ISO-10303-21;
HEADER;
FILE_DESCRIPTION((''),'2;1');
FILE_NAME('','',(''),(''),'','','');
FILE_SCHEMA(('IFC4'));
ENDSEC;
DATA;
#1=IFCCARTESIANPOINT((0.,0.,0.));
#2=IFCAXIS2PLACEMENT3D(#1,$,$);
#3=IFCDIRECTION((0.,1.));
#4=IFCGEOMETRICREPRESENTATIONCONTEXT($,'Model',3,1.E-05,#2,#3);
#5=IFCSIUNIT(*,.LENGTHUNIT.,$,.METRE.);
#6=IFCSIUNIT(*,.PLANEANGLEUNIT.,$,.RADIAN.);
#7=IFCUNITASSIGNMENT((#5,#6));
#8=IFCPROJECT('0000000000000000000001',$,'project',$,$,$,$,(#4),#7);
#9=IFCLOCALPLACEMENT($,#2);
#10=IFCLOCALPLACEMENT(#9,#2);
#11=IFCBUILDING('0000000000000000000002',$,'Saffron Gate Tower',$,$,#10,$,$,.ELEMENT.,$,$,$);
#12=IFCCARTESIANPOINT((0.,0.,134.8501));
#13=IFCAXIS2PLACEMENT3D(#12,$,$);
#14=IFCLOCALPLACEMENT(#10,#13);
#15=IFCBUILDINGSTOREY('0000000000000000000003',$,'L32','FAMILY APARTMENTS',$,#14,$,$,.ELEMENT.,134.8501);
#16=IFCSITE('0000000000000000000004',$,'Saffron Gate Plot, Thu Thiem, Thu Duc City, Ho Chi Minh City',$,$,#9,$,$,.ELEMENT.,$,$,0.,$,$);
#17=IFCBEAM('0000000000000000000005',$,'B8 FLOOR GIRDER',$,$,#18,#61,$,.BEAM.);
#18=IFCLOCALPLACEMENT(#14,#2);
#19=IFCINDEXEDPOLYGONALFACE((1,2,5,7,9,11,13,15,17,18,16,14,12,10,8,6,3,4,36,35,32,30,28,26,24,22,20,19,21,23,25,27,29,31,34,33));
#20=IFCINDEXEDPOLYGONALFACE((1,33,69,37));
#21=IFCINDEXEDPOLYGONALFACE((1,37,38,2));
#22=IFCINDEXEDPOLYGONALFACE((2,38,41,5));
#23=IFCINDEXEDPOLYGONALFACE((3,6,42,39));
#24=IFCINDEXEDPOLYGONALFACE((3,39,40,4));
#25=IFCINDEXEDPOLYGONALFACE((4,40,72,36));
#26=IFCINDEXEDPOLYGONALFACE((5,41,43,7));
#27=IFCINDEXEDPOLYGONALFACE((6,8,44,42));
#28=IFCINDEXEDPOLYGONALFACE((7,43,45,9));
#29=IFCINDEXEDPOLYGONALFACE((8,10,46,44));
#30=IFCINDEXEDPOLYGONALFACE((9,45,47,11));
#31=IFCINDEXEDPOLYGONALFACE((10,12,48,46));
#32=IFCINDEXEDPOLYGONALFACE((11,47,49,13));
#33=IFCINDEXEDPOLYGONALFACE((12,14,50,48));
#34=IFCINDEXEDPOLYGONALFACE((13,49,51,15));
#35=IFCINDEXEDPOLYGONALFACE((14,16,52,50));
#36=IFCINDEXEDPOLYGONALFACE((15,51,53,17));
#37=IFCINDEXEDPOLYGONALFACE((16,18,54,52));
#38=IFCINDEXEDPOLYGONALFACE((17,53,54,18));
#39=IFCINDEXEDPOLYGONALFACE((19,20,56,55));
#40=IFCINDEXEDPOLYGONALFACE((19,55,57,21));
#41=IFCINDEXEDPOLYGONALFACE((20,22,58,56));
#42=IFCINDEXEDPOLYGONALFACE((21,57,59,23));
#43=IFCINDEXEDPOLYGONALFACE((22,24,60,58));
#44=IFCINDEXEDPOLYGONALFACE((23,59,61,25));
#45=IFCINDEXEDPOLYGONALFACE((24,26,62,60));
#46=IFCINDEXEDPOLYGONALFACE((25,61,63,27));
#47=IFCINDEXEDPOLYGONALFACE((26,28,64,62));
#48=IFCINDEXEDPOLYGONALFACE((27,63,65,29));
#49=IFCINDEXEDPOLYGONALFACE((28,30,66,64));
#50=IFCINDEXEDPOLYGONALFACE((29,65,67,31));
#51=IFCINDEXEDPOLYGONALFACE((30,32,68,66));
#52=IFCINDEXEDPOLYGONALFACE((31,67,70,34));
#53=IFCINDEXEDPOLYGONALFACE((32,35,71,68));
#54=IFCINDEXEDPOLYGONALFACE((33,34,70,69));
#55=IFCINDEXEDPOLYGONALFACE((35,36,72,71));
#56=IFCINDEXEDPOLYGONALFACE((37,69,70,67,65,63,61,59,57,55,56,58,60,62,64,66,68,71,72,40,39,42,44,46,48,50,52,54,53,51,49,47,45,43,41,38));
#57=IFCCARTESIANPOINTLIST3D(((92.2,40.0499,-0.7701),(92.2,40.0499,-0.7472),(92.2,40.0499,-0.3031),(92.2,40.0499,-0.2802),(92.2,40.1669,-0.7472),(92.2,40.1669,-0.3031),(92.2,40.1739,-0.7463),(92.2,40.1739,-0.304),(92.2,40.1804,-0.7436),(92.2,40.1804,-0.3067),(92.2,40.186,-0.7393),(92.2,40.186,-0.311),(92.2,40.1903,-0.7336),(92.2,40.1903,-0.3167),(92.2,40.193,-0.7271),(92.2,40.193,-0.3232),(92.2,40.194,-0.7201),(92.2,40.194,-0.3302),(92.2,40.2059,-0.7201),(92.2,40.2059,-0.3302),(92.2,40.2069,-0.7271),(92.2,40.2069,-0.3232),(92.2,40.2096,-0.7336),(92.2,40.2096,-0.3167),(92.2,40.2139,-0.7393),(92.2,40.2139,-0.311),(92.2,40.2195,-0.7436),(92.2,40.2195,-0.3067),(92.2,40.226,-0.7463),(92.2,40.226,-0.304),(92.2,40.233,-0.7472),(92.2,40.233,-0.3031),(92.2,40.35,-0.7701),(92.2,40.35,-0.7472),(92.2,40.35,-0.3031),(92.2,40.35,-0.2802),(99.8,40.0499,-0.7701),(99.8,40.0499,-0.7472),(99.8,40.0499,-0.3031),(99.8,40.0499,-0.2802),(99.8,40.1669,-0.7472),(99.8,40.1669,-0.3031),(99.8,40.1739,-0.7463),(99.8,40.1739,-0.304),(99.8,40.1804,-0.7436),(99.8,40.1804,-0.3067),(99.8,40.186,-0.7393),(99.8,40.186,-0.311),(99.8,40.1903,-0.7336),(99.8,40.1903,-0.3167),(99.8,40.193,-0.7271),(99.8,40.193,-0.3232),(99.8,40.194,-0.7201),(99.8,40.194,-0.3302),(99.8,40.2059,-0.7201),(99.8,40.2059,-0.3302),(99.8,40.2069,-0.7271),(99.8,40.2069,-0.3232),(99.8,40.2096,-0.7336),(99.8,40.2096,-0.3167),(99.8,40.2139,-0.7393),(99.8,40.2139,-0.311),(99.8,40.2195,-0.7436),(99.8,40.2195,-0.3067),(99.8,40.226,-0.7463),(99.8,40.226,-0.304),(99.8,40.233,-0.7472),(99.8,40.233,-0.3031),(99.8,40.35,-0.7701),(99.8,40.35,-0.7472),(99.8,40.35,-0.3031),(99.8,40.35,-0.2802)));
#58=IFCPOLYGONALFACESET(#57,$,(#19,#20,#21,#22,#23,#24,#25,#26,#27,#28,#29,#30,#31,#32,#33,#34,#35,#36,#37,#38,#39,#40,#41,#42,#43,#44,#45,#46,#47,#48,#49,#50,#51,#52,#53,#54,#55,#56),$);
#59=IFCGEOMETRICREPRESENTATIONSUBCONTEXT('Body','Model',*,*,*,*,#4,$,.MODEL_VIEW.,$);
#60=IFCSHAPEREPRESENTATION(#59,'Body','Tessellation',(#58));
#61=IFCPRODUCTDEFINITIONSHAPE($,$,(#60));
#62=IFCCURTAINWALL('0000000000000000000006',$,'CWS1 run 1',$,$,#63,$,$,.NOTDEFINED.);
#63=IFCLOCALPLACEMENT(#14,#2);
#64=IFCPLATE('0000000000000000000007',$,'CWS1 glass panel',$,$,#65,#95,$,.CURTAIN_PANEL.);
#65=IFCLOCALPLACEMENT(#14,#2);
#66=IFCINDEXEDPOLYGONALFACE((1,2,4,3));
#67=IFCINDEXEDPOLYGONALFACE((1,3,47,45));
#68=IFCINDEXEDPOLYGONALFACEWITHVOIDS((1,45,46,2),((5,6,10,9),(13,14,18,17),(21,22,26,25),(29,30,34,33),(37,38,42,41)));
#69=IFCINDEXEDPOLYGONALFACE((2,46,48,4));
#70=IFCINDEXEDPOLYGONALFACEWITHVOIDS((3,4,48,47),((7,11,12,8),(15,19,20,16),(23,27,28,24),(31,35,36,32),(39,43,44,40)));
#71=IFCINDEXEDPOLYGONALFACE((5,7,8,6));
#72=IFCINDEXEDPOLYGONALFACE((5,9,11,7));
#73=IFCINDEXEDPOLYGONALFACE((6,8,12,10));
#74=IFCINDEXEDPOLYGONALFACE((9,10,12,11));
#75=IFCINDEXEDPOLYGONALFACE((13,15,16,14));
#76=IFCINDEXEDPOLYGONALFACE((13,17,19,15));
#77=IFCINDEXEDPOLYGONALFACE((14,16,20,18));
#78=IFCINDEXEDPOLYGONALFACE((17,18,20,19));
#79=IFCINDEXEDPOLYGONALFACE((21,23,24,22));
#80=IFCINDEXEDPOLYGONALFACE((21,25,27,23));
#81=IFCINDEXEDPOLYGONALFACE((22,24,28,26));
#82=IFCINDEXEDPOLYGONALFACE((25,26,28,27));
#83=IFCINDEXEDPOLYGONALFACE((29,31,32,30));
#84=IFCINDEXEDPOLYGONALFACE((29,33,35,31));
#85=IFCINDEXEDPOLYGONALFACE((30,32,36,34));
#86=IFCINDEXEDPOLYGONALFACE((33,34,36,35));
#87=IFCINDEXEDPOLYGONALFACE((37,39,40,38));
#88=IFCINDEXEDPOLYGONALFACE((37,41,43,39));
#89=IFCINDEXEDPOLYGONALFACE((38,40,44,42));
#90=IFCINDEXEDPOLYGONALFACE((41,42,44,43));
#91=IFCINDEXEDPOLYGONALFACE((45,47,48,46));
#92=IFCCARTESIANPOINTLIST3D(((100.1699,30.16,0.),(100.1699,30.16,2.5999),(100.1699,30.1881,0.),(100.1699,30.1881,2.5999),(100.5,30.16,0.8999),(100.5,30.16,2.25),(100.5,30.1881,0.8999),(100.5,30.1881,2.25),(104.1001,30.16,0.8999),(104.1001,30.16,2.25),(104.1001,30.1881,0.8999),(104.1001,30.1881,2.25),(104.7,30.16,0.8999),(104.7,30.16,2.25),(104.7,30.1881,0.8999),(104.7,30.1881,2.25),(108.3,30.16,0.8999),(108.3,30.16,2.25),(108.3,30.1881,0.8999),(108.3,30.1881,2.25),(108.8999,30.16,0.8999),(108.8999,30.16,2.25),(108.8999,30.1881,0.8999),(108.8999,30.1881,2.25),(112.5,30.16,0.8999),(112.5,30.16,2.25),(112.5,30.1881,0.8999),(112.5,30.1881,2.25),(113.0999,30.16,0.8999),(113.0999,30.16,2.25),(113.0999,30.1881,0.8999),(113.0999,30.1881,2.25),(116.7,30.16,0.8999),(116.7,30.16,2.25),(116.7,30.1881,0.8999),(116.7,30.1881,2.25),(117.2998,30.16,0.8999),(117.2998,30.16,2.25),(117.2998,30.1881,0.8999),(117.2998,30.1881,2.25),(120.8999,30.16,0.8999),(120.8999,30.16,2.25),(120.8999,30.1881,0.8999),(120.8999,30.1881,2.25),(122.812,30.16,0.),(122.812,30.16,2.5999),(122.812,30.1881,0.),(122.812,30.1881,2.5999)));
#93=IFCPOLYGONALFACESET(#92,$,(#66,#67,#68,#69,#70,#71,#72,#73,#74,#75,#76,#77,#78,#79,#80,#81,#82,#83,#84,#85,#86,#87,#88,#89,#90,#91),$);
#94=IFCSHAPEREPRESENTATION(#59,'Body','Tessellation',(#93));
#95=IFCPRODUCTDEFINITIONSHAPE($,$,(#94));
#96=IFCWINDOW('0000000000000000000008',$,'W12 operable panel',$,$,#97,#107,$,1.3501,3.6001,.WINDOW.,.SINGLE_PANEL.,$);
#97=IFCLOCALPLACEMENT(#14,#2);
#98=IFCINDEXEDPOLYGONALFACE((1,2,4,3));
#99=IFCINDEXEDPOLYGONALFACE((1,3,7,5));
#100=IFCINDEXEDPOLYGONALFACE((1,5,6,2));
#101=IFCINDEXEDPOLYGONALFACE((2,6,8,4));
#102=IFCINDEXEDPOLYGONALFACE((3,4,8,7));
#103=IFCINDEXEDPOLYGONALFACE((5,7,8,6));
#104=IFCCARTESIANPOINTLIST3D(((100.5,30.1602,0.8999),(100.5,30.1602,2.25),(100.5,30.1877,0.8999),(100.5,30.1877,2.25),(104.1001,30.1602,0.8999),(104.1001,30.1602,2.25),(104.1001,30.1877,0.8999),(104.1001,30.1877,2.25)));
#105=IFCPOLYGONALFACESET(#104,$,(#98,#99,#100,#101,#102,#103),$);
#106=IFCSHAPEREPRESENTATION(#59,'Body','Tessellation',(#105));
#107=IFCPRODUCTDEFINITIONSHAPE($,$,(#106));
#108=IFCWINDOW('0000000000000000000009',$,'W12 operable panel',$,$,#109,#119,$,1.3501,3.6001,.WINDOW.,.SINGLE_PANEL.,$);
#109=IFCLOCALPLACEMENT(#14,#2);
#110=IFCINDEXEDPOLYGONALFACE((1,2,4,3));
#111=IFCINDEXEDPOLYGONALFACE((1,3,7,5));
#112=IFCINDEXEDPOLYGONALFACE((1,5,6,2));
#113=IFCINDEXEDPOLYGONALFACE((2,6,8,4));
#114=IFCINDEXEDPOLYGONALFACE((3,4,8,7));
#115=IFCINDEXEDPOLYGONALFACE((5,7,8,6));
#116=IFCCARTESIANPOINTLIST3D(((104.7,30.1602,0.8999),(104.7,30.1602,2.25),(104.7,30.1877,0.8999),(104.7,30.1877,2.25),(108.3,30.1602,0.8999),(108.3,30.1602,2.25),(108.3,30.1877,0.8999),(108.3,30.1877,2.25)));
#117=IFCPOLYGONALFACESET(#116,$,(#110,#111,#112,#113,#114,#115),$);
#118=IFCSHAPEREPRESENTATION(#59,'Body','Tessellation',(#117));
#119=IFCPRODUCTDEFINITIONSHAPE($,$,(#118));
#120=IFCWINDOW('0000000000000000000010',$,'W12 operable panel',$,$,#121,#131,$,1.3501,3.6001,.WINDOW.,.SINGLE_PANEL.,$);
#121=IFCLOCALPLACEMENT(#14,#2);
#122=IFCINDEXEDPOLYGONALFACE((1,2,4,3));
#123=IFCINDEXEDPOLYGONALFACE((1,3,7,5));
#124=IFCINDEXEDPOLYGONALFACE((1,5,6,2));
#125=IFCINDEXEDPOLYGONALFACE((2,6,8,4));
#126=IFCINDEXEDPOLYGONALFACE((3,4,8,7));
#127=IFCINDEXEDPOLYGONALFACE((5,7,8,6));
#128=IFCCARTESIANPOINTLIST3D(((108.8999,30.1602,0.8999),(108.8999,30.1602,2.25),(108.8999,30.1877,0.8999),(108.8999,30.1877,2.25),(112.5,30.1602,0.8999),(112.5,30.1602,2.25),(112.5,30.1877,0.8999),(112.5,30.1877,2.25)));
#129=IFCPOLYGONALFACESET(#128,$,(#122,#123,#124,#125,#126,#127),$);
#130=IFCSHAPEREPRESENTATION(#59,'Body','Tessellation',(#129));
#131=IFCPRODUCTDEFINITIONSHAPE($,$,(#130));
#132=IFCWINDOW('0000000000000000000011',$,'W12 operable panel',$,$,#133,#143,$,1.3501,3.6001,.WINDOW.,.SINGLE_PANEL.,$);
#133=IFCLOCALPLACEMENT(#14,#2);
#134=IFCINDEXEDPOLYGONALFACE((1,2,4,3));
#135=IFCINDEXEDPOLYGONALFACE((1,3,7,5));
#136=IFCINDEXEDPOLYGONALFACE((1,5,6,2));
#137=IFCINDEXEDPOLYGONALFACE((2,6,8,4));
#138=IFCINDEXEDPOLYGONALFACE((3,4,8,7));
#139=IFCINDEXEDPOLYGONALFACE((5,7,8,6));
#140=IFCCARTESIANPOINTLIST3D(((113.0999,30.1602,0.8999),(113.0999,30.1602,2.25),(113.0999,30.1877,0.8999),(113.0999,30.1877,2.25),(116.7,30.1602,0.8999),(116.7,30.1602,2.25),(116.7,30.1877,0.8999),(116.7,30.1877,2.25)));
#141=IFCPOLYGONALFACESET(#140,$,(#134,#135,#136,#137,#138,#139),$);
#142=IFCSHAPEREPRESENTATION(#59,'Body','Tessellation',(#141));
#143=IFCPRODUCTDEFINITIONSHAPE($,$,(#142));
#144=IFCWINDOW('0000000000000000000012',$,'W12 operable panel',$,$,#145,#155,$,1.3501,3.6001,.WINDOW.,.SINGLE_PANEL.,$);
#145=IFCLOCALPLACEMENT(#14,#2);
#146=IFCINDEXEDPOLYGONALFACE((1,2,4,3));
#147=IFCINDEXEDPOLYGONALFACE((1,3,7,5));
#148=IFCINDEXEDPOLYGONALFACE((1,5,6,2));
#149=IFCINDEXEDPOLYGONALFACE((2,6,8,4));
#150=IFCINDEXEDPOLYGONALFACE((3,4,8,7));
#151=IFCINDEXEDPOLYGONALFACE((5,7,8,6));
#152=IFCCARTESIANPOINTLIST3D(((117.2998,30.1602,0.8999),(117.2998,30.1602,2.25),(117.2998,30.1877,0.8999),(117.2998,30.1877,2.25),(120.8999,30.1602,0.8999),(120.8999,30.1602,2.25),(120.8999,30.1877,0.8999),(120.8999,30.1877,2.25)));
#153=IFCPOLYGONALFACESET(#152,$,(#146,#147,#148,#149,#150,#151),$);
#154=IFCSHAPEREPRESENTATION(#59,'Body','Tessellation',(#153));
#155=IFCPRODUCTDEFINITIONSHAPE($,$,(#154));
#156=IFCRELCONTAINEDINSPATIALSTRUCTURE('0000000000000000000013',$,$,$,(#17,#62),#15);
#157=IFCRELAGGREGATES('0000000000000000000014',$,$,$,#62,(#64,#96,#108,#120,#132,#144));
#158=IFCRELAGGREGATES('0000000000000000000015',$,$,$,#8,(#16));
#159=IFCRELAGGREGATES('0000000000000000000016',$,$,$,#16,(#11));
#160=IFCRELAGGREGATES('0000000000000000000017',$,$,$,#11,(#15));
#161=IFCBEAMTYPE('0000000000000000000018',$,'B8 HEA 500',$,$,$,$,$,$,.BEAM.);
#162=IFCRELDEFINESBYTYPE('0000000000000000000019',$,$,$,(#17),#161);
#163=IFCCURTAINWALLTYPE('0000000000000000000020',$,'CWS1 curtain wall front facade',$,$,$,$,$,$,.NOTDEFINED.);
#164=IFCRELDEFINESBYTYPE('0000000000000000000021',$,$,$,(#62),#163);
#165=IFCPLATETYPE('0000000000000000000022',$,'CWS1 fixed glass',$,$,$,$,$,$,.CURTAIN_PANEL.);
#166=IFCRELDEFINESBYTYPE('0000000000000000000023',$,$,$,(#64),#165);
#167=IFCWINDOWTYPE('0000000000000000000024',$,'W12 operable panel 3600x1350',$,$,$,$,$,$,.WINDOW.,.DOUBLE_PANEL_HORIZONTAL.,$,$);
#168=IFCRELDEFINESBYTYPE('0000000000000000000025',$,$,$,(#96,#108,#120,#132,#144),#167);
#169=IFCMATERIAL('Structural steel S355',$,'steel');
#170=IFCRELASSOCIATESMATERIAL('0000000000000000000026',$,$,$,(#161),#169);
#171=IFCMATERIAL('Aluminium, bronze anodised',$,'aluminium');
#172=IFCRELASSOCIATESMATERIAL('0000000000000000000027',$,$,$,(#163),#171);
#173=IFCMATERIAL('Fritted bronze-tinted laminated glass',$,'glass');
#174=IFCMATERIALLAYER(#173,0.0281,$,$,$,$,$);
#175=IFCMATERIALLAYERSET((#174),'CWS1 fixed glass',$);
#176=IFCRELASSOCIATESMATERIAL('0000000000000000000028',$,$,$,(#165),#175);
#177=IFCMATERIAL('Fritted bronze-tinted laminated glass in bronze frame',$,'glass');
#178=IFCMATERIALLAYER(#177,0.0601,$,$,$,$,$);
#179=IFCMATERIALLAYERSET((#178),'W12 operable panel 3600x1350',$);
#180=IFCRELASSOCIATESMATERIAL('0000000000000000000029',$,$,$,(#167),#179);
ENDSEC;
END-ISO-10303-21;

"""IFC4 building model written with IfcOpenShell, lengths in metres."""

from ifc_helpers import new_model, si_unit, direction, frame, frame_2d, origin, origin_2d, place, context, subcontext, project, spatial, rectangle, i_section, extrude, material, layer, layer_set, material_profile, profile_set, type_object, element, fill, aggregate, save


model = new_model("IFC4")

# Units and contexts
model_context = context("Model", 3, precision=1e-05, world=origin(), true_north=direction((0.0, 1.0)))
body_context = subcontext(model_context, "Body", "Model", "MODEL_VIEW")
ifc_project = project(units=[si_unit("LENGTHUNIT", "METRE"), si_unit("PLANEANGLEUNIT", "RADIAN")], contexts=[model_context])

# Site, building, storey
site_placement = place(None, origin())
site = spatial("IfcSite", under=ifc_project, at=site_placement, Name="Saffron Gate Plot, Thu Thiem, Thu Duc City, Ho Chi Minh City", CompositionType="ELEMENT", RefElevation=0.0)
building_placement = place(site_placement, origin())
building = spatial("IfcBuilding", under=site, at=building_placement, Name="Saffron Gate Tower", CompositionType="ELEMENT")
storey_placement = place(building_placement, frame((0.0, 0.0, 134.8501)))
storey = spatial("IfcBuildingStorey", under=building, at=storey_placement, Name="L32", Description="FAMILY APARTMENTS", CompositionType="ELEMENT", Elevation=134.8501)

# Beam
ifc_material_1 = material(Name="Structural steel S355", Category="steel")
ifc_material_profile_1 = material_profile(ifc_material_1, i_section(OverallWidth=0.3, OverallDepth=0.49, WebThickness=0.012, FlangeThickness=0.0229, FilletRadius=0.0271, at=origin_2d()))
ifc_profile_set_1 = profile_set([ifc_material_profile_1], Name="Structural steel S355")
beam_type_1 = type_object("IfcBeamType", Name="B8 HEA 500", PredefinedType="BEAM", material=ifc_profile_set_1)
beam_1_placement = place(storey_placement, frame((92.2, 40.2, -0.5251), z_axis=(1.0, 0.0, 0.0), x_axis=(0.0, 1.0, 0.0)))
element("IfcBeam", 1, at=beam_1_placement, inside=storey, type_object=beam_type_1, Name="B8 FLOOR GIRDER", PredefinedType="BEAM", context=body_context, shape_type="SweptSolid", body=[
    extrude(i_section(OverallWidth=0.3, OverallDepth=0.49, WebThickness=0.012, FlangeThickness=0.0229, FilletRadius=0.0271, at=origin_2d()), origin(), (0.0, 0.0, 1.0), 7.6001),
])

# Curtain wall, plate, openings, windows
ifc_material_2 = material(Name="Aluminium, bronze anodised", Category="aluminium")
curtain_wall_type = type_object("IfcCurtainWallType", Name="CWS1 curtain wall front facade", PredefinedType="NOTDEFINED", material=ifc_material_2)
curtain_wall_placement = place(storey_placement, origin())
curtain_wall = element("IfcCurtainWall", 2, at=curtain_wall_placement, inside=storey, type_object=curtain_wall_type, Name="CWS1 run 1", PredefinedType="NOTDEFINED")
ifc_material_3 = material(Name="Fritted bronze-tinted laminated glass", Category="glass")
ifc_layer_1 = layer(ifc_material_3, 0.0281)
ifc_layer_set_1 = layer_set([ifc_layer_1], Name="CWS1 fixed glass")
plate_type = type_object("IfcPlateType", Name="CWS1 fixed glass", PredefinedType="CURTAIN_PANEL", material=ifc_layer_set_1)
plate_placement = place(storey_placement, frame((100.1699, 30.1741, 0.0), z_axis=(0.0, 0.0, 1.0), x_axis=(1.0, 0.0, 0.0)))
plate = element("IfcPlate", 3, at=plate_placement, type_object=plate_type, Name="CWS1 glass panel", PredefinedType="CURTAIN_PANEL", context=body_context, shape_type="SweptSolid", body=[
    extrude(rectangle(XDim=22.6421, YDim=0.0281, at=frame_2d((11.321, 0.0))), origin(), (0.0, 0.0, 1.0), 2.5999),
])
opening_1_placement = place(plate_placement, frame((0.3301, 0.0, 0.8999)))
opening_1 = element("IfcOpeningElement", 4, at=opening_1_placement, cuts=plate, PredefinedType="OPENING", context=body_context, shape_type="SweptSolid", body=[
    extrude(rectangle(XDim=3.6001, YDim=1.3501, at=frame_2d((1.8, 0.675))), frame((0.0, 0.0239, 0.0), z_axis=(0.0, -1.0, 0.0), x_axis=(1.0, 0.0, 0.0)), (0.0, 0.0, 1.0), 0.0481),
])
opening_2_placement = place(plate_placement, frame((4.53, 0.0, 0.8999)))
opening_2 = element("IfcOpeningElement", 5, at=opening_2_placement, cuts=plate, PredefinedType="OPENING", context=body_context, shape_type="SweptSolid", body=[
    extrude(rectangle(XDim=3.6001, YDim=1.3501, at=frame_2d((1.8, 0.675))), frame((0.0, 0.0239, 0.0), z_axis=(0.0, -1.0, 0.0), x_axis=(1.0, 0.0, 0.0)), (0.0, 0.0, 1.0), 0.0481),
])
opening_3_placement = place(plate_placement, frame((8.73, 0.0, 0.8999)))
opening_3 = element("IfcOpeningElement", 6, at=opening_3_placement, cuts=plate, PredefinedType="OPENING", context=body_context, shape_type="SweptSolid", body=[
    extrude(rectangle(XDim=3.6001, YDim=1.3501, at=frame_2d((1.8, 0.675))), frame((0.0, 0.0239, 0.0), z_axis=(0.0, -1.0, 0.0), x_axis=(1.0, 0.0, 0.0)), (0.0, 0.0, 1.0), 0.0481),
])
opening_4_placement = place(plate_placement, frame((12.9299, 0.0, 0.8999)))
opening_4 = element("IfcOpeningElement", 7, at=opening_4_placement, cuts=plate, PredefinedType="OPENING", context=body_context, shape_type="SweptSolid", body=[
    extrude(rectangle(XDim=3.6001, YDim=1.3501, at=frame_2d((1.8, 0.675))), frame((0.0, 0.0239, 0.0), z_axis=(0.0, -1.0, 0.0), x_axis=(1.0, 0.0, 0.0)), (0.0, 0.0, 1.0), 0.0481),
])
opening_5_placement = place(plate_placement, frame((17.1299, 0.0, 0.8999)))
opening_5 = element("IfcOpeningElement", 8, at=opening_5_placement, cuts=plate, PredefinedType="OPENING", context=body_context, shape_type="SweptSolid", body=[
    extrude(rectangle(XDim=3.6001, YDim=1.3501, at=frame_2d((1.8, 0.675))), frame((0.0, 0.0239, 0.0), z_axis=(0.0, -1.0, 0.0), x_axis=(1.0, 0.0, 0.0)), (0.0, 0.0, 1.0), 0.0481),
])
ifc_material_4 = material(Name="Fritted bronze-tinted laminated glass in bronze frame", Category="glass")
ifc_layer_2 = layer(ifc_material_4, 0.0601)
ifc_layer_set_2 = layer_set([ifc_layer_2], Name="W12 operable panel 3600x1350")
window_type = type_object("IfcWindowType", Name="W12 operable panel 3600x1350", PartitioningType="DOUBLE_PANEL_HORIZONTAL", PredefinedType="WINDOW", material=ifc_layer_set_2)
window_1_placement = place(opening_1_placement, origin())
window_1 = element("IfcWindow", 9, at=window_1_placement, type_object=window_type, Name="W12 operable panel", OverallHeight=1.3501, OverallWidth=3.6001, PartitioningType="SINGLE_PANEL", PredefinedType="WINDOW", context=body_context, shape_type="SweptSolid", body=[
    extrude(rectangle(XDim=3.6001, YDim=1.3501, at=frame_2d((1.8, 0.675))), frame((0.0, 0.0137, 0.0), z_axis=(0.0, -1.0, 0.0), x_axis=(1.0, 0.0, 0.0)), (0.0, 0.0, 1.0), 0.0276),
])
fill(opening_1, window_1)
window_2_placement = place(opening_2_placement, origin())
window_2 = element("IfcWindow", 10, at=window_2_placement, type_object=window_type, Name="W12 operable panel", OverallHeight=1.3501, OverallWidth=3.6001, PartitioningType="SINGLE_PANEL", PredefinedType="WINDOW", context=body_context, shape_type="SweptSolid", body=[
    extrude(rectangle(XDim=3.6001, YDim=1.3501, at=frame_2d((1.8, 0.675))), frame((0.0, 0.0137, 0.0), z_axis=(0.0, -1.0, 0.0), x_axis=(1.0, 0.0, 0.0)), (0.0, 0.0, 1.0), 0.0276),
])
fill(opening_2, window_2)
window_3_placement = place(opening_3_placement, origin())
window_3 = element("IfcWindow", 11, at=window_3_placement, type_object=window_type, Name="W12 operable panel", OverallHeight=1.3501, OverallWidth=3.6001, PartitioningType="SINGLE_PANEL", PredefinedType="WINDOW", context=body_context, shape_type="SweptSolid", body=[
    extrude(rectangle(XDim=3.6001, YDim=1.3501, at=frame_2d((1.8, 0.675))), frame((0.0, 0.0137, 0.0), z_axis=(0.0, -1.0, 0.0), x_axis=(1.0, 0.0, 0.0)), (0.0, 0.0, 1.0), 0.0276),
])
fill(opening_3, window_3)
window_4_placement = place(opening_4_placement, origin())
window_4 = element("IfcWindow", 12, at=window_4_placement, type_object=window_type, Name="W12 operable panel", OverallHeight=1.3501, OverallWidth=3.6001, PartitioningType="SINGLE_PANEL", PredefinedType="WINDOW", context=body_context, shape_type="SweptSolid", body=[
    extrude(rectangle(XDim=3.6001, YDim=1.3501, at=frame_2d((1.8, 0.675))), frame((0.0, 0.0137, 0.0), z_axis=(0.0, -1.0, 0.0), x_axis=(1.0, 0.0, 0.0)), (0.0, 0.0, 1.0), 0.0276),
])
fill(opening_4, window_4)
window_5_placement = place(opening_5_placement, origin())
window_5 = element("IfcWindow", 13, at=window_5_placement, type_object=window_type, Name="W12 operable panel", OverallHeight=1.3501, OverallWidth=3.6001, PartitioningType="SINGLE_PANEL", PredefinedType="WINDOW", context=body_context, shape_type="SweptSolid", body=[
    extrude(rectangle(XDim=3.6001, YDim=1.3501, at=frame_2d((1.8, 0.675))), frame((0.0, 0.0137, 0.0), z_axis=(0.0, -1.0, 0.0), x_axis=(1.0, 0.0, 0.0)), (0.0, 0.0, 1.0), 0.0276),
])
fill(opening_5, window_5)
aggregate(curtain_wall, [plate, window_1, window_2, window_3, window_4, window_5])

save(model, "model.ifc")
